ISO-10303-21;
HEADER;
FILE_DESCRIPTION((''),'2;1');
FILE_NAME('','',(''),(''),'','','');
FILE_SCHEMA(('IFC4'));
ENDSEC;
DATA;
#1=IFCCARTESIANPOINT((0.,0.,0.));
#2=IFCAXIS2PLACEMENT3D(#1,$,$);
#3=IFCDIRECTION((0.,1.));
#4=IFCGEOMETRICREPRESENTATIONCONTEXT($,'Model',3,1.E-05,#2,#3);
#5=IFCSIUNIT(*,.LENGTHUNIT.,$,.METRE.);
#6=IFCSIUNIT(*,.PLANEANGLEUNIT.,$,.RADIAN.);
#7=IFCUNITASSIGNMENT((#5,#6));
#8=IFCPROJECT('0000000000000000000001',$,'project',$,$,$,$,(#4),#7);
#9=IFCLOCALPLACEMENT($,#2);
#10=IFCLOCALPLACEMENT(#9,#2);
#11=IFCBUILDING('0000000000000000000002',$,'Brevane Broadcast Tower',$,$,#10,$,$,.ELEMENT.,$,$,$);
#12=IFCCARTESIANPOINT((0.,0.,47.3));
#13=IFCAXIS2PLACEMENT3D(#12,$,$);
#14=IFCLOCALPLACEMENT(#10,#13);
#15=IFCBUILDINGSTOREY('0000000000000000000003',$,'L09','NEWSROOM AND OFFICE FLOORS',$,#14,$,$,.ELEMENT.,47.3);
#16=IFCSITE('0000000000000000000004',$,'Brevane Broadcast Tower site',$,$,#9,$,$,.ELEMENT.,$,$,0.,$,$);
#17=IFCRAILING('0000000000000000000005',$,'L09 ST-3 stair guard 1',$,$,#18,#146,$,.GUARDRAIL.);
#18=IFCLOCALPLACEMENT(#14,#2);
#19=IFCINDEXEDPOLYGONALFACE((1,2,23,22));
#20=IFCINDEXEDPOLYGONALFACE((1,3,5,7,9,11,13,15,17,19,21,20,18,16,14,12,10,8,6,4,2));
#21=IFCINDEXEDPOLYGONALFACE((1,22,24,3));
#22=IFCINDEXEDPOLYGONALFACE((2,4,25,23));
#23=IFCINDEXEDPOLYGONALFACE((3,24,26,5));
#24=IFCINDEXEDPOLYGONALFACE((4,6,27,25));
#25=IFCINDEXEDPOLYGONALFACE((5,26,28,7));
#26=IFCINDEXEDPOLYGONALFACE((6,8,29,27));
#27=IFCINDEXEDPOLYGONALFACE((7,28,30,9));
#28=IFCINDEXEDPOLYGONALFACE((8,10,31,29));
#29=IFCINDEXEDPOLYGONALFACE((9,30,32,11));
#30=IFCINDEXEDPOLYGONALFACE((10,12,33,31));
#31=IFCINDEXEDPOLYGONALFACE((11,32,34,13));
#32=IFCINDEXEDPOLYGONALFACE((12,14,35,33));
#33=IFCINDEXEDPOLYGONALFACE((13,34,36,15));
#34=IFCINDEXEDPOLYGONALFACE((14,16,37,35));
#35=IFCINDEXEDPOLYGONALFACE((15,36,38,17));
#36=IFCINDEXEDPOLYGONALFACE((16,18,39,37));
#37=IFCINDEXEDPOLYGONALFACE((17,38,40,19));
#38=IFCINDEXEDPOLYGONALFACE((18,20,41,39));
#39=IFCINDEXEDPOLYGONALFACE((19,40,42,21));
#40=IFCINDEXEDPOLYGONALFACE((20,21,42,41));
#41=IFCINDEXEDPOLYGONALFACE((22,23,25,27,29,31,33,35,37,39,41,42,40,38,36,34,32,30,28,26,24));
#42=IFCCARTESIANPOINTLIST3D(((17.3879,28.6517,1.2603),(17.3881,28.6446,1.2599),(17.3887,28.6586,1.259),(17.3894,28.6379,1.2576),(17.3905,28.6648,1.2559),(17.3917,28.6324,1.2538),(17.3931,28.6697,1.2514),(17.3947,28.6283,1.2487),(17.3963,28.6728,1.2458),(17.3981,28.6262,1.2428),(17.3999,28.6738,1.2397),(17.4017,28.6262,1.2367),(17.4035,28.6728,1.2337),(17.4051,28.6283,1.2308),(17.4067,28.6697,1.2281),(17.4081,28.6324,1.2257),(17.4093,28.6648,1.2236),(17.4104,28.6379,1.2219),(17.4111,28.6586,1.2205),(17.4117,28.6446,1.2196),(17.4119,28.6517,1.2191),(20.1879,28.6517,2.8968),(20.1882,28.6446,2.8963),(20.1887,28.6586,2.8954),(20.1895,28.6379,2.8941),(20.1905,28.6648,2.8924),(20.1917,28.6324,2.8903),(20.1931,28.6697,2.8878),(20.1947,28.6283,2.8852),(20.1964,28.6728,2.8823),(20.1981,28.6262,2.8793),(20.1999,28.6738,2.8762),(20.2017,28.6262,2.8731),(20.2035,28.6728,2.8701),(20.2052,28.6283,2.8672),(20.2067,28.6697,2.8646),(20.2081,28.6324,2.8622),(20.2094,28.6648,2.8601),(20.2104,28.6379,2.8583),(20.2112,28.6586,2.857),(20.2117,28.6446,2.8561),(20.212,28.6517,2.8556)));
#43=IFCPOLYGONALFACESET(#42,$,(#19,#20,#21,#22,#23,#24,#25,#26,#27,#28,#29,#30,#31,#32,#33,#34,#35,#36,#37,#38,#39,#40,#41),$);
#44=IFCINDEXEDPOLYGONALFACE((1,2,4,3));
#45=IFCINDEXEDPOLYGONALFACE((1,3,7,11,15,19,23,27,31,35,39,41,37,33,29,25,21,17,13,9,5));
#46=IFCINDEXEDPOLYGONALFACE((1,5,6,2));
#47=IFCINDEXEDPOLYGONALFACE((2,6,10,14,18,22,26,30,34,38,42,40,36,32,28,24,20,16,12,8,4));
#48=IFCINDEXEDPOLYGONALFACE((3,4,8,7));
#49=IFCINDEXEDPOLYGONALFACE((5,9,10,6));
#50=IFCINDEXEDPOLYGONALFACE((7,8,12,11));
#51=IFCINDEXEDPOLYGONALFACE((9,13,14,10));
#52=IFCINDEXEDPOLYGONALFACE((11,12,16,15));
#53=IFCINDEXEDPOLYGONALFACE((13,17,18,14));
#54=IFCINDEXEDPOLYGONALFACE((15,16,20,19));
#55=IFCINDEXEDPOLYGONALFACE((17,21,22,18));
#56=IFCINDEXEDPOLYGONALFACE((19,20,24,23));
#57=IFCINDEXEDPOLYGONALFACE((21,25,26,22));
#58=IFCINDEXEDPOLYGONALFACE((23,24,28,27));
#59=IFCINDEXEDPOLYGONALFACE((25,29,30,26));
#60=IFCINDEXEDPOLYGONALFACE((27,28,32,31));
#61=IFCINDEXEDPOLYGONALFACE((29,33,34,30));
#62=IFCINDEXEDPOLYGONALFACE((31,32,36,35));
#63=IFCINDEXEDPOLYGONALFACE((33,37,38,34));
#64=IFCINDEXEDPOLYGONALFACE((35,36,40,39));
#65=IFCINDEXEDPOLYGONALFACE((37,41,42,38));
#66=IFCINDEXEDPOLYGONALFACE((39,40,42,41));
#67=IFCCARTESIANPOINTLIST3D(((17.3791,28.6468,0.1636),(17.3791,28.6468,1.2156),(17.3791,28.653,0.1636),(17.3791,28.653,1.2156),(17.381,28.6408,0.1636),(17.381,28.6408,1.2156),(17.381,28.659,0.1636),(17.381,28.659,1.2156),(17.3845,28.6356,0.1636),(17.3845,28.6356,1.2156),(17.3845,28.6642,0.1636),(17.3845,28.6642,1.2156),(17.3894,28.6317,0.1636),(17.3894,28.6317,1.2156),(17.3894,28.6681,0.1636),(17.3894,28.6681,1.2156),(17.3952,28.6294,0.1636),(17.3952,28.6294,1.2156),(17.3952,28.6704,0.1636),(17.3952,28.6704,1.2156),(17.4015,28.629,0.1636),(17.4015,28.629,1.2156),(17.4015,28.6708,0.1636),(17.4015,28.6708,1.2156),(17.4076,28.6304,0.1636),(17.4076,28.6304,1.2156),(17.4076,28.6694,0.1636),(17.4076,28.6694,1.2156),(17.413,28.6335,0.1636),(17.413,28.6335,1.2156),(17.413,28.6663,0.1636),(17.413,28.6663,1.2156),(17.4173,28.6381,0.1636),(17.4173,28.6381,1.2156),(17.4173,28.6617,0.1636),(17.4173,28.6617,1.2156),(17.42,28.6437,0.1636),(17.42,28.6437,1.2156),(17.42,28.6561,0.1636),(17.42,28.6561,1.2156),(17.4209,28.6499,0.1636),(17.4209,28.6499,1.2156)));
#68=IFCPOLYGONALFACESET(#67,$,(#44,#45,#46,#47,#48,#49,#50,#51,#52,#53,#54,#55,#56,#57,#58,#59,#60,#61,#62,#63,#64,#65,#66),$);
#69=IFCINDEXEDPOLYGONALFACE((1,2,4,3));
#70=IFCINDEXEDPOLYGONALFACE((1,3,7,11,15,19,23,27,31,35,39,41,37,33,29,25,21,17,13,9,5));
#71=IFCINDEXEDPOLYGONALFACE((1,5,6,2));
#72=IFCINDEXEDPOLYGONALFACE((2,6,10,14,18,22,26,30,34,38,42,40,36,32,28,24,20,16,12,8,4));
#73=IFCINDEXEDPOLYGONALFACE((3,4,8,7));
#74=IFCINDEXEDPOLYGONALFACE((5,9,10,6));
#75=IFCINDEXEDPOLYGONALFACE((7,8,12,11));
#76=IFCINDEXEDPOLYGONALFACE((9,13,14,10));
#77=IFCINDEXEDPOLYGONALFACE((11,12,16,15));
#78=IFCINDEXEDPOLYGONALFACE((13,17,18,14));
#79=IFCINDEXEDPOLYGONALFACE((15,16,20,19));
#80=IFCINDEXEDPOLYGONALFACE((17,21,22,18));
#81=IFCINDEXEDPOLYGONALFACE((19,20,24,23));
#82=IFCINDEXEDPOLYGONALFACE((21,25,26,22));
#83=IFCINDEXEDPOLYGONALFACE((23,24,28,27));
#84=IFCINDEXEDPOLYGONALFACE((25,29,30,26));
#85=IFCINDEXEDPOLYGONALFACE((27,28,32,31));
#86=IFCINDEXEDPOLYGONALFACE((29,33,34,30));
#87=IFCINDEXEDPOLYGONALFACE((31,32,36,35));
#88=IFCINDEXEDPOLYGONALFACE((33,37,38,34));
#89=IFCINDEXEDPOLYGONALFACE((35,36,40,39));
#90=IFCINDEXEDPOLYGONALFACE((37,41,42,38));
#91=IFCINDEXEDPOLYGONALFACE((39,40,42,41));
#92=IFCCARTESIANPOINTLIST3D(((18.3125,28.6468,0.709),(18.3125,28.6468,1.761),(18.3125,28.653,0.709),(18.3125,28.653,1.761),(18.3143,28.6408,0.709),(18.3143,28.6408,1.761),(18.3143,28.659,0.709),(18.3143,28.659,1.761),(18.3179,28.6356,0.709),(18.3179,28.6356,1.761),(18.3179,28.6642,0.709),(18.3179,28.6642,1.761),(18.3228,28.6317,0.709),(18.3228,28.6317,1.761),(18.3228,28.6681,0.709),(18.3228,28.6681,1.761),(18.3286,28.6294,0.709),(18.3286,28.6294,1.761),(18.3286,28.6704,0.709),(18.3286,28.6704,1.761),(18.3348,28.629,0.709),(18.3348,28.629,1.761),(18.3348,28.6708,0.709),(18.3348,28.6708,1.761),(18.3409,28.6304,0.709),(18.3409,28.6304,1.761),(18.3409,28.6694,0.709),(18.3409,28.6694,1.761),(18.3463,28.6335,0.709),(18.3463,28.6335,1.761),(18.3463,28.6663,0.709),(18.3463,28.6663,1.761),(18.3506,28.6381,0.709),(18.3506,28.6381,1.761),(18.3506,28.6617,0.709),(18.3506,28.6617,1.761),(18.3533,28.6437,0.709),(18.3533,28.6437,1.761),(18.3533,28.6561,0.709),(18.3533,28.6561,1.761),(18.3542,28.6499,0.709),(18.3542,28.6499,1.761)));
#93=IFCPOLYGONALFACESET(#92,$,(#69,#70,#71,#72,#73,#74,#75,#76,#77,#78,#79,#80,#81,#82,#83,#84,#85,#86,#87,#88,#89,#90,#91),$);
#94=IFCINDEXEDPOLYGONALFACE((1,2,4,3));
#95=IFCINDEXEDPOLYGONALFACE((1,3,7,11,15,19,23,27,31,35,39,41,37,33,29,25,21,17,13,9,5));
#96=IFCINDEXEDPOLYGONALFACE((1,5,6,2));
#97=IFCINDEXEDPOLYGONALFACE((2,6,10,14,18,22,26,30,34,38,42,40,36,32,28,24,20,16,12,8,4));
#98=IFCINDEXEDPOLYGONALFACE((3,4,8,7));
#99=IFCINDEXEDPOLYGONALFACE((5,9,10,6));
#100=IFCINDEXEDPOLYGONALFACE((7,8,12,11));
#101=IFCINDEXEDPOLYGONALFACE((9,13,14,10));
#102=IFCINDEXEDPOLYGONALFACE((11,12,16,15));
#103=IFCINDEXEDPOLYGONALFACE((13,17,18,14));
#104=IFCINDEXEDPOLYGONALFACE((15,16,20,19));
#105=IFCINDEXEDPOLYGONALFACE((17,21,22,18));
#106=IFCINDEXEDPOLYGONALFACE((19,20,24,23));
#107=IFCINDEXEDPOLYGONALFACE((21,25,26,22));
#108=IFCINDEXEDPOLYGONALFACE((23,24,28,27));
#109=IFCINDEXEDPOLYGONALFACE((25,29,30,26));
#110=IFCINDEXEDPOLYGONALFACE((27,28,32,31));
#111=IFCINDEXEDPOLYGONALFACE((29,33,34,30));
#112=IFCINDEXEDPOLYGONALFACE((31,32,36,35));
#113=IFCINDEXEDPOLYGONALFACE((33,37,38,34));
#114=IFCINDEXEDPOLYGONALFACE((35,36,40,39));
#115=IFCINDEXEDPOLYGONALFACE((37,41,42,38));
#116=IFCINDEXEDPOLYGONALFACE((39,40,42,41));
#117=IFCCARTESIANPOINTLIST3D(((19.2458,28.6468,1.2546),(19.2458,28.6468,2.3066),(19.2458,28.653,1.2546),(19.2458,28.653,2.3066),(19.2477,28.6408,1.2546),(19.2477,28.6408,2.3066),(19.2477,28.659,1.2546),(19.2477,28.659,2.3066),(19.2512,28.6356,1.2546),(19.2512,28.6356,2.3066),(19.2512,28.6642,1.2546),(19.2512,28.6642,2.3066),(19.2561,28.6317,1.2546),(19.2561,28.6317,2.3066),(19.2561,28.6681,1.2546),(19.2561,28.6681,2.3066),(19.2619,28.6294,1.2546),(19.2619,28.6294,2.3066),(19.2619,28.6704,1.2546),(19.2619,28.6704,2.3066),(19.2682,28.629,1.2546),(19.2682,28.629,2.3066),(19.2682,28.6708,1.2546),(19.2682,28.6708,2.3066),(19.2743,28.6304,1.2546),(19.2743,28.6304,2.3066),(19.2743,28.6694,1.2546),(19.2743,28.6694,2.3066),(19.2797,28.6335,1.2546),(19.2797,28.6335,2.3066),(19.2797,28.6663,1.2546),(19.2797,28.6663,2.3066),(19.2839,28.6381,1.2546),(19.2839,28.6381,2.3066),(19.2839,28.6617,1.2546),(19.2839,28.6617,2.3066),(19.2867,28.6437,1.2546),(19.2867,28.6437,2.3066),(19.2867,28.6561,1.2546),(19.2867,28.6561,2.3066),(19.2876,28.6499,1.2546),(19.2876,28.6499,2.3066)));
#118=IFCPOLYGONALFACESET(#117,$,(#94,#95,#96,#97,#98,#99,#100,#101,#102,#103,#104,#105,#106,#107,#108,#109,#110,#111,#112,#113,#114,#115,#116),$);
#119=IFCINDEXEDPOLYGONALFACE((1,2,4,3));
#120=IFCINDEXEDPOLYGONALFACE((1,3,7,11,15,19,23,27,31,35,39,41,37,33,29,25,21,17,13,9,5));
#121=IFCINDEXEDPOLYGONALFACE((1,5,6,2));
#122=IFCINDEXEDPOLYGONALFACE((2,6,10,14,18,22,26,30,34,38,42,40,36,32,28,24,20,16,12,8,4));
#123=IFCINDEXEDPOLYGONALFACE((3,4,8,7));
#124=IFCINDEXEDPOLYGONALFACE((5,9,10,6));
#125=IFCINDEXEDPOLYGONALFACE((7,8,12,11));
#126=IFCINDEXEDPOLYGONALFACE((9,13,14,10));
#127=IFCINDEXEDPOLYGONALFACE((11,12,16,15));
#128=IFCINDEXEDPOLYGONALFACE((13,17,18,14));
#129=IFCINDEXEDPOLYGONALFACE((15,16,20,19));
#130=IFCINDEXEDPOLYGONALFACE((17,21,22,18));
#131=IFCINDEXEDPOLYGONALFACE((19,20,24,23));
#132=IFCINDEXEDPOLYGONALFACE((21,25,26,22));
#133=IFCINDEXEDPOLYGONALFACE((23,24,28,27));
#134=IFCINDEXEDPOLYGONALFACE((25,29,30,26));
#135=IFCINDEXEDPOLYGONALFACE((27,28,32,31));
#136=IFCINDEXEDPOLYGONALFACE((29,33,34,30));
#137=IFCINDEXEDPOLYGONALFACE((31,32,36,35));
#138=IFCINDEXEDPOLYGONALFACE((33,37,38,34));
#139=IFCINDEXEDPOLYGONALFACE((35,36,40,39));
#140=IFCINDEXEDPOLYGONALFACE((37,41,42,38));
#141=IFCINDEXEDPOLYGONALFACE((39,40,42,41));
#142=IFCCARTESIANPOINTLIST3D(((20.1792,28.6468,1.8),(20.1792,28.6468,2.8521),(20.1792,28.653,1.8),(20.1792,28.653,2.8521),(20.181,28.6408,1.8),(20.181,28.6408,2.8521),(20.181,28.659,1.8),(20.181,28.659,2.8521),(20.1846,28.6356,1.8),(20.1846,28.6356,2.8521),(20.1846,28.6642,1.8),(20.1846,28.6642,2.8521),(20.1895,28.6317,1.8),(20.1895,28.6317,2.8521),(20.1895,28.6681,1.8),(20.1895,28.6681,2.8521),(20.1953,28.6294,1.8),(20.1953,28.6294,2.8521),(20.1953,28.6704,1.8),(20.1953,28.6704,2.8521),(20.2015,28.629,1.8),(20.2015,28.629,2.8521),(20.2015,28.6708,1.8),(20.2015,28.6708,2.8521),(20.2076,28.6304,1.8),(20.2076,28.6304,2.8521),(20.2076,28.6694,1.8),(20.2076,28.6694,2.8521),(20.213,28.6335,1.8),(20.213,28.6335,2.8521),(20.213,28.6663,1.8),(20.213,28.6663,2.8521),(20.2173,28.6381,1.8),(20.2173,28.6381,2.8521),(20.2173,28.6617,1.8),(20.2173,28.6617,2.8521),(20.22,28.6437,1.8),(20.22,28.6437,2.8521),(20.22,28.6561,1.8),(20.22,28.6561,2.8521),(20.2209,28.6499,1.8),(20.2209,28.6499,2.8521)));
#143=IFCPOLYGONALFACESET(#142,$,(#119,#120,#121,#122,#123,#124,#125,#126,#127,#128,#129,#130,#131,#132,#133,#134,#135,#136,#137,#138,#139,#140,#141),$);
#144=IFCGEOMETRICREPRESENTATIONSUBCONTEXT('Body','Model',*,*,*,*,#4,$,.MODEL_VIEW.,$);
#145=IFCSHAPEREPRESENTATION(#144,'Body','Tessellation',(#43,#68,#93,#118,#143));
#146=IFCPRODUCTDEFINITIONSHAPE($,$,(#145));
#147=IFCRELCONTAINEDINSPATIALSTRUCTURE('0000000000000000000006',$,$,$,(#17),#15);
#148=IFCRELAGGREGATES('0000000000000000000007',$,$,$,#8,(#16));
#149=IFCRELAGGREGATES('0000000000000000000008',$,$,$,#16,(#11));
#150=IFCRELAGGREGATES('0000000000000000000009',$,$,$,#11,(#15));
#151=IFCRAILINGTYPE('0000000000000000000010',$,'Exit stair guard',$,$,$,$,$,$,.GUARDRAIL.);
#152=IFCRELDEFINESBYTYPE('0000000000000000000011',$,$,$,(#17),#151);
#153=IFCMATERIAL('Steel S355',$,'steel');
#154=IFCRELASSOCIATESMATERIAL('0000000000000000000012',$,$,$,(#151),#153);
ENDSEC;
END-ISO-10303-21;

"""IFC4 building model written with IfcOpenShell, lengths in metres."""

from ifc_helpers import new_model, si_unit, direction, frame, origin, origin_2d, place, context, subcontext, project, spatial, circle, extrude, material, type_object, element, save


model = new_model("IFC4")

# Units and contexts
model_context = context("Model", 3, precision=1e-05, world=origin(), true_north=direction((0.0, 1.0)))
body_context = subcontext(model_context, "Body", "Model", "MODEL_VIEW")
ifc_project = project(units=[si_unit("LENGTHUNIT", "METRE"), si_unit("PLANEANGLEUNIT", "RADIAN")], contexts=[model_context])

# Site, building, storey
site_placement = place(None, origin())
site = spatial("IfcSite", under=ifc_project, at=site_placement, Name="Brevane Broadcast Tower site", CompositionType="ELEMENT", RefElevation=0.0)
building_placement = place(site_placement, origin())
building = spatial("IfcBuilding", under=site, at=building_placement, Name="Brevane Broadcast Tower", CompositionType="ELEMENT")
storey_placement = place(building_placement, frame((0.0, 0.0, 47.3)))
storey = spatial("IfcBuildingStorey", under=building, at=storey_placement, Name="L09", Description="NEWSROOM AND OFFICE FLOORS", CompositionType="ELEMENT", Elevation=47.3)

# Railing
ifc_material_1 = material(Name="Steel S355", Category="steel")
railing_type_1 = type_object("IfcRailingType", Name="Exit stair guard", PredefinedType="GUARDRAIL", material=ifc_material_1)
railing_1_placement = place(storey_placement, frame((17.3999, 28.6499, 0.1636)))
element("IfcRailing", 1, at=railing_1_placement, inside=storey, type_object=railing_type_1, Name="L09 ST-3 stair guard 1", PredefinedType="GUARDRAIL", context=body_context, shape_type="SweptSolid", body=[
    extrude(circle(Radius=0.0239, at=origin_2d()), frame((0.0, 0.0, 1.0762), z_axis=(0.863361, 0.0, 0.504587), x_axis=(0.0, 1.0, 0.0)), (0.0, 0.0, 1.0), 3.2432),
    extrude(circle(Radius=0.021, at=origin_2d()), origin(), (0.0, 0.0, 1.0), 1.052),
    extrude(circle(Radius=0.021, at=origin_2d()), frame((0.9333, 0.0, 0.5454)), (0.0, 0.0, 1.0), 1.052),
    extrude(circle(Radius=0.021, at=origin_2d()), frame((1.8667, 0.0, 1.0911)), (0.0, 0.0, 1.0), 1.052),
    extrude(circle(Radius=0.021, at=origin_2d()), frame((2.8, 0.0, 1.6365)), (0.0, 0.0, 1.0), 1.052),
])

save(model, "model.ifc")
